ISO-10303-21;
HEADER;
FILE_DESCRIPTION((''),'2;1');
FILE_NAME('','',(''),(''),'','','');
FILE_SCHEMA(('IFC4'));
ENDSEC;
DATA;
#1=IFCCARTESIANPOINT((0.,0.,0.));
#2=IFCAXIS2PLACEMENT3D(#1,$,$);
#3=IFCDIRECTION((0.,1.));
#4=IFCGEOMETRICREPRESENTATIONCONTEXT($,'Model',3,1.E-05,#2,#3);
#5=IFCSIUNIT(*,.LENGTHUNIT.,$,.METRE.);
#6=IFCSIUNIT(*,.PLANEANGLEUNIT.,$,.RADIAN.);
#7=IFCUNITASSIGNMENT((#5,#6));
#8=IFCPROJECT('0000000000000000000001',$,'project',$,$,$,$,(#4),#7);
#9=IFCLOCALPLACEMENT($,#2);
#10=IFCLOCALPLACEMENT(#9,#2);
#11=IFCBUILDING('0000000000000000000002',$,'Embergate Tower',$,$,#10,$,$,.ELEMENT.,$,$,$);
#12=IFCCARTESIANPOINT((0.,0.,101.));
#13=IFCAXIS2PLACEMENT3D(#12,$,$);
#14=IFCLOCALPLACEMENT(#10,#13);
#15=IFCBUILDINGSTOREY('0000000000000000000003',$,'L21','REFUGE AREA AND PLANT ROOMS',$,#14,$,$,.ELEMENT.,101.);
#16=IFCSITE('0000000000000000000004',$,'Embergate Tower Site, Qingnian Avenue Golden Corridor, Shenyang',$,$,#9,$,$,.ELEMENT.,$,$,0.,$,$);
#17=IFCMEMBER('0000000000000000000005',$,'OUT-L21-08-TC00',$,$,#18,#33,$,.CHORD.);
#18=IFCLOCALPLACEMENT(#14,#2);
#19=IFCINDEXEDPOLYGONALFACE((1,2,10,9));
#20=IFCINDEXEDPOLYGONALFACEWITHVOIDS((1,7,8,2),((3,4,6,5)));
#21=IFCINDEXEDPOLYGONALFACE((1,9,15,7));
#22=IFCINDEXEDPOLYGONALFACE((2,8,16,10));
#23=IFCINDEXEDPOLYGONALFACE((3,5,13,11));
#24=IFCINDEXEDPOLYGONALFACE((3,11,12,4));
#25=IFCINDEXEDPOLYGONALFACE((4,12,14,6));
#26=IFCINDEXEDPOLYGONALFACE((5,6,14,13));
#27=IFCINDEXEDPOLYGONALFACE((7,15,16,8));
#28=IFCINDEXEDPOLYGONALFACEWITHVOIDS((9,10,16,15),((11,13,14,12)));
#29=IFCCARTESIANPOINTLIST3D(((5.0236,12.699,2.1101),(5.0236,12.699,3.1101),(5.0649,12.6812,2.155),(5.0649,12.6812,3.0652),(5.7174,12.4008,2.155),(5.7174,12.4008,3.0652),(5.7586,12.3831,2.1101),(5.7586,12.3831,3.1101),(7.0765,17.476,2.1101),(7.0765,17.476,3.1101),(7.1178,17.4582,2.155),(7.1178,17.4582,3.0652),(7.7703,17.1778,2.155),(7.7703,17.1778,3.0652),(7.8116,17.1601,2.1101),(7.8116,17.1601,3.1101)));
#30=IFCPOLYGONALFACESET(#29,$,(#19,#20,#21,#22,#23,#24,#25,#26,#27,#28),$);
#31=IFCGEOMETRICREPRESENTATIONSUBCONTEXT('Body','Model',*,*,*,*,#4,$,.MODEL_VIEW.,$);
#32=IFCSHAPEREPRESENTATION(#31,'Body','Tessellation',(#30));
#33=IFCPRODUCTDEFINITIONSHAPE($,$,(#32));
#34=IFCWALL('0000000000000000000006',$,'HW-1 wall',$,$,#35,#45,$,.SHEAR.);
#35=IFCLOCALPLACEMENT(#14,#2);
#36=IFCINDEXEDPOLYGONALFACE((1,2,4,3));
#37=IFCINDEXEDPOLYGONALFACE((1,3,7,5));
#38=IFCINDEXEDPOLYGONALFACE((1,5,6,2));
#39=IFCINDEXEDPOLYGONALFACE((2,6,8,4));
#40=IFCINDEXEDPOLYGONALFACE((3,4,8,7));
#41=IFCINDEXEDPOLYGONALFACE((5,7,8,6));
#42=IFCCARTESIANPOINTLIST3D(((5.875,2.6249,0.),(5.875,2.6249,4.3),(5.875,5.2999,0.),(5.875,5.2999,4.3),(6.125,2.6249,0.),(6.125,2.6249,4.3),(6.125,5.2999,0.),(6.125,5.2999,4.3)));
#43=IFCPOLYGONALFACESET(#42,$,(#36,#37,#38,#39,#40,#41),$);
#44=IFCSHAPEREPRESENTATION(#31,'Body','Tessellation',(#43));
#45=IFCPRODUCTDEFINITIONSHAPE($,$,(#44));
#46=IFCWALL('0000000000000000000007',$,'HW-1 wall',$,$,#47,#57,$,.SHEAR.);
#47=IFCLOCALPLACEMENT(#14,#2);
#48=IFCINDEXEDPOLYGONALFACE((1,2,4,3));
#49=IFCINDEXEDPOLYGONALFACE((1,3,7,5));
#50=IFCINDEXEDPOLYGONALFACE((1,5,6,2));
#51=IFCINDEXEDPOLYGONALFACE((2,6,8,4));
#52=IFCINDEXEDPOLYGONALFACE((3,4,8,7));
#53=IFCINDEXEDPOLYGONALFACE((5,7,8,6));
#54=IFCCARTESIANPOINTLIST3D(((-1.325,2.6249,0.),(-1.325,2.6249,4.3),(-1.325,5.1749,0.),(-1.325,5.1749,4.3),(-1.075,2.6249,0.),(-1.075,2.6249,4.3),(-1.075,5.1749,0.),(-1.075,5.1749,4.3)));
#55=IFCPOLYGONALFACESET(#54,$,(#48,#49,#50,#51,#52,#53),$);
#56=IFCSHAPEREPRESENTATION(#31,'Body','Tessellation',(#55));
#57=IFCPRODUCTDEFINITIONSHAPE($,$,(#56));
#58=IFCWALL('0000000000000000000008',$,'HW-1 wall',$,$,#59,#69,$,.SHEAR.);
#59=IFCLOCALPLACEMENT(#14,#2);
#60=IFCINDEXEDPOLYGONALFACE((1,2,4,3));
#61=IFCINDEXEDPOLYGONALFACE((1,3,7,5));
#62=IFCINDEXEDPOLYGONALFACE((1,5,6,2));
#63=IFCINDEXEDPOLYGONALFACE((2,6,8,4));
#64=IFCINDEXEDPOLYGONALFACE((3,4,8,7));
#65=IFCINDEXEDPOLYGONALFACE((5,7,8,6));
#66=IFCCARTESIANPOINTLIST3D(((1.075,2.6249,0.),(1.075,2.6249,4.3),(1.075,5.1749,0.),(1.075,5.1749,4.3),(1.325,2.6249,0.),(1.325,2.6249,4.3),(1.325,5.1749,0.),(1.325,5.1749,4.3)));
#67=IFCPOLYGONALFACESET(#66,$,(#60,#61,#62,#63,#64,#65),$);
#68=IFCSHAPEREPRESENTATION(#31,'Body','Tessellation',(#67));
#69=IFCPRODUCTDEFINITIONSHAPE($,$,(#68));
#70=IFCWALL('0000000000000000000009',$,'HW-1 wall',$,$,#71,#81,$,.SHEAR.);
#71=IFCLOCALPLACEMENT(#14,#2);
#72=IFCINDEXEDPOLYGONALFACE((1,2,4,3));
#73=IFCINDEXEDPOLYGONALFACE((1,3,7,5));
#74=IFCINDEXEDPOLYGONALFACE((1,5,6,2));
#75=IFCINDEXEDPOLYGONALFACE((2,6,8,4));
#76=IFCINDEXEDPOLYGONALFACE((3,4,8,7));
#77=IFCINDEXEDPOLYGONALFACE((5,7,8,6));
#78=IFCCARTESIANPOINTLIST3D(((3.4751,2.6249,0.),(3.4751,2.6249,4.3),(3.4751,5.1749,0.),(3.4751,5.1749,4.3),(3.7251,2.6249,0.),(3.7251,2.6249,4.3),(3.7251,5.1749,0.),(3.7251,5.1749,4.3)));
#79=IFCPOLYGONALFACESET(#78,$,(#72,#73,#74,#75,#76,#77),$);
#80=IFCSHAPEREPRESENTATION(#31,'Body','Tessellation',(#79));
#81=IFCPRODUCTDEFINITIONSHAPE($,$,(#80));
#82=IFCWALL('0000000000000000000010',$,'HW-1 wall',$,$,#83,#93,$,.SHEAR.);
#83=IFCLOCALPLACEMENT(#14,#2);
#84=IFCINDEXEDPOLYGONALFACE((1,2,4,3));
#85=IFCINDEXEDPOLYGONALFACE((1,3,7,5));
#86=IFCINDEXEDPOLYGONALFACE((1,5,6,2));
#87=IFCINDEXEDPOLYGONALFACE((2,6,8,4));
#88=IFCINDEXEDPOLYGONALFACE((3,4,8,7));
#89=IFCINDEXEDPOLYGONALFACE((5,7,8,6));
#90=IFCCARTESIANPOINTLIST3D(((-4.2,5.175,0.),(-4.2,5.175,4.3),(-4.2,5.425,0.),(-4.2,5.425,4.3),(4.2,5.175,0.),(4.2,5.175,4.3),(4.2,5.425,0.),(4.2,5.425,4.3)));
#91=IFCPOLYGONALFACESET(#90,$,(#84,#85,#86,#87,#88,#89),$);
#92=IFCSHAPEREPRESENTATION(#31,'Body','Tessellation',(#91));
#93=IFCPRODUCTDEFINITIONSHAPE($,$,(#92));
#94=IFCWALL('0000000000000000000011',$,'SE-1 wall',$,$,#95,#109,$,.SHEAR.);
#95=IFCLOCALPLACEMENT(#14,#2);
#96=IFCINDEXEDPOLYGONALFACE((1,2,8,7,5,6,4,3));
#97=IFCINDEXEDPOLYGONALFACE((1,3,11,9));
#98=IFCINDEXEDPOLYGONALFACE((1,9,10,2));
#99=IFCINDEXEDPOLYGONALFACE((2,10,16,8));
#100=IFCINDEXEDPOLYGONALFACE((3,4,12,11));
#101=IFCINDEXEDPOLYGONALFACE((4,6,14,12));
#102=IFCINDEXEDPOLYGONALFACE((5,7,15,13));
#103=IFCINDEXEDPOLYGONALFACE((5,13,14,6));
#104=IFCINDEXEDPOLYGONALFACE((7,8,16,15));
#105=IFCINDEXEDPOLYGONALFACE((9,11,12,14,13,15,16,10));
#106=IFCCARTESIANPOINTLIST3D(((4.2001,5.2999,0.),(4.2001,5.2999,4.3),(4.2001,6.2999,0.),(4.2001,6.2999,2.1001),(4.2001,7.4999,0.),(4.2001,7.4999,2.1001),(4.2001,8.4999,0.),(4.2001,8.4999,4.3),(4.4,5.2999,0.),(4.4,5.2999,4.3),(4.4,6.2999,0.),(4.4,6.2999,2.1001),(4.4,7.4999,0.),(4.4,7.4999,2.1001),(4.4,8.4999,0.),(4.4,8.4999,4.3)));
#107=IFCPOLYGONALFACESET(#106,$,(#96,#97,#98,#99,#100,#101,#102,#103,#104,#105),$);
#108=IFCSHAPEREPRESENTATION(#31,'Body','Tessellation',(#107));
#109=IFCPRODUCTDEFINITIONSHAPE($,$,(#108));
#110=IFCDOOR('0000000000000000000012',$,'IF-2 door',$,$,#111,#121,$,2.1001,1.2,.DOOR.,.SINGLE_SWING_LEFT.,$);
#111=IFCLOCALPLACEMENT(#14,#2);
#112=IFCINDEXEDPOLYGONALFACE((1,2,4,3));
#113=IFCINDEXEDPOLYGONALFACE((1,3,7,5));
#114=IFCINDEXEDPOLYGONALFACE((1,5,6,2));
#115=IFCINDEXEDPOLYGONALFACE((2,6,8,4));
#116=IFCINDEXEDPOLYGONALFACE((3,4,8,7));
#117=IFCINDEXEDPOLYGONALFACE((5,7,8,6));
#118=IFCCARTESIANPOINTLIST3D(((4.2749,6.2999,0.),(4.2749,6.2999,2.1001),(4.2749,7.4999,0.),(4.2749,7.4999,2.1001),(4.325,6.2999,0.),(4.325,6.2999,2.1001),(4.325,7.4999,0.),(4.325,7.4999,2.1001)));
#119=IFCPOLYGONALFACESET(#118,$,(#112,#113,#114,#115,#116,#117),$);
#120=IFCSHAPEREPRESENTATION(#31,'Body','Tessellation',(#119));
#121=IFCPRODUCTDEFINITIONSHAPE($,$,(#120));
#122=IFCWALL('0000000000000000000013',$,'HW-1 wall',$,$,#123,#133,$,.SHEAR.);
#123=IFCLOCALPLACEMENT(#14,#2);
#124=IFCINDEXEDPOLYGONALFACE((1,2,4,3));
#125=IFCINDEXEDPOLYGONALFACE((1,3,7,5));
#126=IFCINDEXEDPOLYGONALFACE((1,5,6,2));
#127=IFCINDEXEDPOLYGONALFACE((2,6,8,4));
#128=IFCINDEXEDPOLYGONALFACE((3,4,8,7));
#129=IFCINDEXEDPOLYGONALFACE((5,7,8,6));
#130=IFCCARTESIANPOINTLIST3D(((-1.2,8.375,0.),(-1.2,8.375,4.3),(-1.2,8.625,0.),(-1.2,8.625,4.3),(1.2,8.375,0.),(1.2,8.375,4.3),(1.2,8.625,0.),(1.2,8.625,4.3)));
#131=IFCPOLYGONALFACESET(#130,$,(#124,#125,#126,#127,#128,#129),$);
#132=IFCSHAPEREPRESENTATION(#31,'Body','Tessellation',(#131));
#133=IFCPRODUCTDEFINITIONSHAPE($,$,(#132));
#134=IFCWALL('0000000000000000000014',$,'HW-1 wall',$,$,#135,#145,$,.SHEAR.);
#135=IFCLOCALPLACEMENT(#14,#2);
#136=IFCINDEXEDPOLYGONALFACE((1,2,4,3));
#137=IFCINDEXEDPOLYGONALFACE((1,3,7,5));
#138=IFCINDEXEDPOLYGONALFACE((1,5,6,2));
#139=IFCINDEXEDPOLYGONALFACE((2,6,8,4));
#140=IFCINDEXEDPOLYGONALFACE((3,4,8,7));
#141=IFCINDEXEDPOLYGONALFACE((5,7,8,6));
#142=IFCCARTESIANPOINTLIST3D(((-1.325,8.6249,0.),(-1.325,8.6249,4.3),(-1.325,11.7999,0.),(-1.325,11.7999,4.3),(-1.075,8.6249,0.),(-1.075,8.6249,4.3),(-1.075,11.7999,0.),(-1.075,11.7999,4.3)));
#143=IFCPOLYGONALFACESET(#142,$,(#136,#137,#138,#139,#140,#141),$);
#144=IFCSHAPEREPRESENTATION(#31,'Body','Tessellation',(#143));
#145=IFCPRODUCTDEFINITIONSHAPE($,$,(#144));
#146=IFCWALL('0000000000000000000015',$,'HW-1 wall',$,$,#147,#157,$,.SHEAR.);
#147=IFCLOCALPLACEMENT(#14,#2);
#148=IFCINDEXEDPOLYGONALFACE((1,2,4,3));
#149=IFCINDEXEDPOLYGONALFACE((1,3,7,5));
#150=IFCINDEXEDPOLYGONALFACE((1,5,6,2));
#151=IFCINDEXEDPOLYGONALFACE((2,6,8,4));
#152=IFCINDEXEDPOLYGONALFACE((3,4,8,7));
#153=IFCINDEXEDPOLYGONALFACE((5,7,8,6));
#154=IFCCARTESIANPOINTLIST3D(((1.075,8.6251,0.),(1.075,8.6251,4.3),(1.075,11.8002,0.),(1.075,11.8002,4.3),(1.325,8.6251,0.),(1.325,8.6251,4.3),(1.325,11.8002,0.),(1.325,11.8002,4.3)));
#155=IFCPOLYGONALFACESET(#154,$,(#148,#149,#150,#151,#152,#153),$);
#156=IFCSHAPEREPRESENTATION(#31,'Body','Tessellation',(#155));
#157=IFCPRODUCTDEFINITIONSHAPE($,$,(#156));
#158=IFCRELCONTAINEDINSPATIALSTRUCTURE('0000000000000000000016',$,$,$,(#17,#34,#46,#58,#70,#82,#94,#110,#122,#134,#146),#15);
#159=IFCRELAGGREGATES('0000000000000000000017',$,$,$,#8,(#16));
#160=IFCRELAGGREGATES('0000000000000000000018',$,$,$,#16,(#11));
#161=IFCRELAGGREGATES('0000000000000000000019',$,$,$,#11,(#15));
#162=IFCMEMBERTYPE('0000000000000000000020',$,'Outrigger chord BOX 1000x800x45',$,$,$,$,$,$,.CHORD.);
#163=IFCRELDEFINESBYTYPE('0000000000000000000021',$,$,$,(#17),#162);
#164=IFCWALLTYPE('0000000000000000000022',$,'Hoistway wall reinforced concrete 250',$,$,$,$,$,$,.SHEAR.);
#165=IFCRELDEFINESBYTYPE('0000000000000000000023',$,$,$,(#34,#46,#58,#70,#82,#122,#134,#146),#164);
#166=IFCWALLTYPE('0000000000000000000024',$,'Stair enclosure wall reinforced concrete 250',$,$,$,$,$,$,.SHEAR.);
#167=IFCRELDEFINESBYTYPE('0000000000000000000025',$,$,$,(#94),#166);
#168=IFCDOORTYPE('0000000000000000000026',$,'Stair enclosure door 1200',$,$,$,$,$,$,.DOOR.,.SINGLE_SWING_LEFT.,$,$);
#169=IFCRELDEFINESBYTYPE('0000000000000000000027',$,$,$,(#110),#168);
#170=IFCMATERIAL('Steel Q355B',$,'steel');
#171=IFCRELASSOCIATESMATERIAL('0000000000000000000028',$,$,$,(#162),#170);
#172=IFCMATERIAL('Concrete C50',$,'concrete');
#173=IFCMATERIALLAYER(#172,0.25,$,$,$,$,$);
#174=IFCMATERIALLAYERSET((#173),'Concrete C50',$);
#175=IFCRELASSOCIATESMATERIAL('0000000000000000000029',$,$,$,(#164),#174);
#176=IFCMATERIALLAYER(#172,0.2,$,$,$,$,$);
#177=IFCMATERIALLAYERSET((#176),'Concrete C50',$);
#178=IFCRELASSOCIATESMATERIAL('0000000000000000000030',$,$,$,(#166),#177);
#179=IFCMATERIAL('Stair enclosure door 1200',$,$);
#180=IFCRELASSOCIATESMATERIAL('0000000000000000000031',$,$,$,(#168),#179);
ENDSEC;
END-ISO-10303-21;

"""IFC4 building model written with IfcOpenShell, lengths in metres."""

from ifc_helpers import new_model, si_unit, direction, frame, frame_2d, origin, origin_2d, place, context, subcontext, project, spatial, rectangle, hollow_rectangle, extrude, source, transform, mapped, material, layer, layer_set, material_profile, profile_set, type_object, element, fill, save


model = new_model("IFC4")

# Units and contexts
model_context = context("Model", 3, precision=1e-05, world=origin(), true_north=direction((0.0, 1.0)))
body_context = subcontext(model_context, "Body", "Model", "MODEL_VIEW")
ifc_project = project(units=[si_unit("LENGTHUNIT", "METRE"), si_unit("PLANEANGLEUNIT", "RADIAN")], contexts=[model_context])

# Site, building, storey
site_placement = place(None, origin())
site = spatial("IfcSite", under=ifc_project, at=site_placement, Name="Embergate Tower Site, Qingnian Avenue Golden Corridor, Shenyang", CompositionType="ELEMENT", RefElevation=0.0)
building_placement = place(site_placement, origin())
building = spatial("IfcBuilding", under=site, at=building_placement, Name="Embergate Tower", CompositionType="ELEMENT")
storey_placement = place(building_placement, frame((0.0, 0.0, 101.0)))
storey = spatial("IfcBuildingStorey", under=building, at=storey_placement, Name="L21", Description="REFUGE AREA AND PLANT ROOMS", CompositionType="ELEMENT", Elevation=101.0)

# Member
ifc_material_1 = material(Name="Steel Q355B", Category="steel")
ifc_material_profile = material_profile(ifc_material_1, hollow_rectangle(XDim=0.8, YDim=1.0, WallThickness=0.0449, at=origin_2d()), Name="BOX 1000x800x45")
ifc_profile_set = profile_set([ifc_material_profile], Name="Steel Q355 grade B")
member_type = type_object("IfcMemberType", Name="Outrigger chord BOX 1000x800x45", PredefinedType="CHORD", material=ifc_profile_set)
shared_shape_1 = source(origin(), body_context, "Body", "SweptSolid", [
    extrude(hollow_rectangle(XDim=0.8, YDim=1.0, WallThickness=0.0449, at=origin_2d()), origin(), (0.0, 0.0, 1.0), 5.1995),
])
member_placement = place(storey_placement, frame((5.3911, 12.541, 2.6101), z_axis=(0.394837, 0.918751, 0.0), x_axis=(-0.918751, 0.394837, 0.0)))
element("IfcMember", 1, at=member_placement, inside=storey, type_object=member_type, Name="OUT-L21-08-TC00", PredefinedType="CHORD", context=body_context, shape_type="MappedRepresentation", body=[
    mapped(shared_shape_1, transform((0.0, 0.0, 0.0))),
])

# Walls
ifc_material_2 = material(Name="Concrete C50", Category="concrete")
ifc_layer_1 = layer(ifc_material_2, 0.25)
ifc_layer_set_1 = layer_set([ifc_layer_1], Name="Concrete C50")
wall_type_1 = type_object("IfcWallType", Name="Hoistway wall reinforced concrete 250", PredefinedType="SHEAR", material=ifc_layer_set_1)
shared_shape_2 = source(origin(), body_context, "Body", "SweptSolid", [
    extrude(rectangle(XDim=2.675, YDim=0.25, at=frame_2d((1.3374, 0.0))), origin(), (0.0, 0.0, 1.0), 4.3),
])
wall_1_placement = place(storey_placement, frame((6.0, 2.625, 0.0), z_axis=(0.0, 0.0, 1.0), x_axis=(0.0, 1.0, 0.0)))
element("IfcWall", 2, at=wall_1_placement, inside=storey, type_object=wall_type_1, Name="HW-1 wall", PredefinedType="SHEAR", context=body_context, shape_type="MappedRepresentation", body=[
    mapped(shared_shape_2, transform((0.0, 0.0, 0.0))),
])
shared_shape_3 = source(origin(), body_context, "Body", "SweptSolid", [
    extrude(rectangle(XDim=2.55, YDim=0.25, at=frame_2d((1.2749, 0.0))), origin(), (0.0, 0.0, 1.0), 4.3),
])
for number, where, z_axis, x_axis, name in (
    (3, (-1.2, 2.625, 0.0), (0.0, 0.0, 1.0), (0.0, 1.0, 0.0), "HW-1 wall"),
    (4, (1.2, 2.625, 0.0), (0.0, 0.0, 1.0), (0.0, 1.0, 0.0), "HW-1 wall"),
    (5, (3.6001, 2.625, 0.0), (0.0, 0.0, 1.0), (0.0, 1.0, 0.0), "HW-1 wall"),
):
    element("IfcWall", number, at=place(storey_placement, frame(where, z_axis=z_axis, x_axis=x_axis)), inside=storey, type_object=wall_type_1, Name=name, PredefinedType="SHEAR", context=body_context, shape_type="MappedRepresentation", body=[
        mapped(shared_shape_3, transform((0.0, 0.0, 0.0))),
    ])
shared_shape_4 = source(origin(), body_context, "Body", "SweptSolid", [
    extrude(rectangle(XDim=8.3999, YDim=0.25, at=frame_2d((4.2, 0.0))), origin(), (0.0, 0.0, 1.0), 4.3),
])
wall_2_placement = place(storey_placement, frame((4.2, 5.3, 0.0), z_axis=(0.0, 0.0, 1.0), x_axis=(-1.0, 0.0, 0.0)))
element("IfcWall", 6, at=wall_2_placement, inside=storey, type_object=wall_type_1, Name="HW-1 wall", PredefinedType="SHEAR", context=body_context, shape_type="MappedRepresentation", body=[
    mapped(shared_shape_4, transform((0.0, 0.0, 0.0))),
])

# Wall, opening, door
ifc_layer_2 = layer(ifc_material_2, 0.2)
ifc_layer_set_2 = layer_set([ifc_layer_2], Name="Concrete C50")
wall_type_2 = type_object("IfcWallType", Name="Stair enclosure wall reinforced concrete 250", PredefinedType="SHEAR", material=ifc_layer_set_2)
shared_shape_5 = source(origin(), body_context, "Body", "SweptSolid", [
    extrude(rectangle(XDim=3.2, YDim=0.2, at=frame_2d((1.6001, 0.0))), origin(), (0.0, 0.0, 1.0), 4.3),
])
wall_3_placement = place(storey_placement, frame((4.3, 8.5, 0.0), z_axis=(0.0, 0.0, 1.0), x_axis=(0.0, -1.0, 0.0)))
wall_3 = element("IfcWall", 7, at=wall_3_placement, inside=storey, type_object=wall_type_2, Name="SE-1 wall", PredefinedType="SHEAR", context=body_context, shape_type="MappedRepresentation", body=[
    mapped(shared_shape_5, transform((0.0, 0.0, 0.0))),
])
shared_shape_6 = source(origin(), body_context, "Body", "SweptSolid", [
    extrude(rectangle(XDim=1.2, YDim=2.1001, at=frame_2d((0.6001, 1.05))), frame((0.0, 0.1099, 0.0), z_axis=(0.0, -1.0, 0.0), x_axis=(1.0, 0.0, 0.0)), (0.0, 0.0, 1.0), 0.22),
])
opening_1_placement = place(wall_3_placement, frame((1.0, 0.0, 0.0)))
opening_1 = element("IfcOpeningElement", 8, at=opening_1_placement, cuts=wall_3, PredefinedType="OPENING", context=body_context, shape_type="MappedRepresentation", body=[
    mapped(shared_shape_6, transform((0.0, 0.0, 0.0))),
])
ifc_material_3 = material(Name="Stair enclosure door 1200")
door_type_1 = type_object("IfcDoorType", Name="Stair enclosure door 1200", OperationType="SINGLE_SWING_LEFT", PredefinedType="DOOR", material=ifc_material_3)
shared_shape_7 = source(origin(), body_context, "Body", "SweptSolid", [
    extrude(rectangle(XDim=1.2, YDim=2.1001, at=frame_2d((0.6001, 1.05))), frame((0.0, 0.0249, 0.0), z_axis=(0.0, -1.0, 0.0), x_axis=(1.0, 0.0, 0.0)), (0.0, 0.0, 1.0), 0.05),
])
door_1_placement = place(opening_1_placement, origin())
door_1 = element("IfcDoor", 9, at=door_1_placement, inside=storey, type_object=door_type_1, Name="IF-2 door", OperationType="SINGLE_SWING_LEFT", OverallHeight=2.1001, OverallWidth=1.2, PredefinedType="DOOR", context=body_context, shape_type="MappedRepresentation", body=[
    mapped(shared_shape_7, transform((0.0, 0.0, 0.0))),
])
fill(opening_1, door_1)

# Walls
shared_shape_8 = source(origin(), body_context, "Body", "SweptSolid", [
    extrude(rectangle(XDim=2.3999, YDim=0.25, at=frame_2d((1.2, 0.0))), origin(), (0.0, 0.0, 1.0), 4.3),
])
wall_4_placement = place(storey_placement, frame((1.2, 8.5, 0.0), z_axis=(0.0, 0.0, 1.0), x_axis=(-1.0, 0.0, 0.0)))
element("IfcWall", 10, at=wall_4_placement, inside=storey, type_object=wall_type_1, Name="HW-1 wall", PredefinedType="SHEAR", context=body_context, shape_type="MappedRepresentation", body=[
    mapped(shared_shape_8, transform((0.0, 0.0, 0.0))),
])
shared_shape_9 = source(origin(), body_context, "Body", "SweptSolid", [
    extrude(rectangle(XDim=3.175, YDim=0.25, at=frame_2d((1.5874, 0.0))), origin(), (0.0, 0.0, 1.0), 4.3),
])
for number, where, z_axis, x_axis, name in (
    (11, (-1.2, 8.625, 0.0), (0.0, 0.0, 1.0), (0.0, 1.0, 0.0), "HW-1 wall"),
    (12, (1.2, 11.8, 0.0), (0.0, 0.0, 1.0), (0.0, -1.0, 0.0), "HW-1 wall"),
):
    element("IfcWall", number, at=place(storey_placement, frame(where, z_axis=z_axis, x_axis=x_axis)), inside=storey, type_object=wall_type_1, Name=name, PredefinedType="SHEAR", context=body_context, shape_type="MappedRepresentation", body=[
        mapped(shared_shape_9, transform((0.0, 0.0, 0.0))),
    ])

save(model, "model.ifc")
